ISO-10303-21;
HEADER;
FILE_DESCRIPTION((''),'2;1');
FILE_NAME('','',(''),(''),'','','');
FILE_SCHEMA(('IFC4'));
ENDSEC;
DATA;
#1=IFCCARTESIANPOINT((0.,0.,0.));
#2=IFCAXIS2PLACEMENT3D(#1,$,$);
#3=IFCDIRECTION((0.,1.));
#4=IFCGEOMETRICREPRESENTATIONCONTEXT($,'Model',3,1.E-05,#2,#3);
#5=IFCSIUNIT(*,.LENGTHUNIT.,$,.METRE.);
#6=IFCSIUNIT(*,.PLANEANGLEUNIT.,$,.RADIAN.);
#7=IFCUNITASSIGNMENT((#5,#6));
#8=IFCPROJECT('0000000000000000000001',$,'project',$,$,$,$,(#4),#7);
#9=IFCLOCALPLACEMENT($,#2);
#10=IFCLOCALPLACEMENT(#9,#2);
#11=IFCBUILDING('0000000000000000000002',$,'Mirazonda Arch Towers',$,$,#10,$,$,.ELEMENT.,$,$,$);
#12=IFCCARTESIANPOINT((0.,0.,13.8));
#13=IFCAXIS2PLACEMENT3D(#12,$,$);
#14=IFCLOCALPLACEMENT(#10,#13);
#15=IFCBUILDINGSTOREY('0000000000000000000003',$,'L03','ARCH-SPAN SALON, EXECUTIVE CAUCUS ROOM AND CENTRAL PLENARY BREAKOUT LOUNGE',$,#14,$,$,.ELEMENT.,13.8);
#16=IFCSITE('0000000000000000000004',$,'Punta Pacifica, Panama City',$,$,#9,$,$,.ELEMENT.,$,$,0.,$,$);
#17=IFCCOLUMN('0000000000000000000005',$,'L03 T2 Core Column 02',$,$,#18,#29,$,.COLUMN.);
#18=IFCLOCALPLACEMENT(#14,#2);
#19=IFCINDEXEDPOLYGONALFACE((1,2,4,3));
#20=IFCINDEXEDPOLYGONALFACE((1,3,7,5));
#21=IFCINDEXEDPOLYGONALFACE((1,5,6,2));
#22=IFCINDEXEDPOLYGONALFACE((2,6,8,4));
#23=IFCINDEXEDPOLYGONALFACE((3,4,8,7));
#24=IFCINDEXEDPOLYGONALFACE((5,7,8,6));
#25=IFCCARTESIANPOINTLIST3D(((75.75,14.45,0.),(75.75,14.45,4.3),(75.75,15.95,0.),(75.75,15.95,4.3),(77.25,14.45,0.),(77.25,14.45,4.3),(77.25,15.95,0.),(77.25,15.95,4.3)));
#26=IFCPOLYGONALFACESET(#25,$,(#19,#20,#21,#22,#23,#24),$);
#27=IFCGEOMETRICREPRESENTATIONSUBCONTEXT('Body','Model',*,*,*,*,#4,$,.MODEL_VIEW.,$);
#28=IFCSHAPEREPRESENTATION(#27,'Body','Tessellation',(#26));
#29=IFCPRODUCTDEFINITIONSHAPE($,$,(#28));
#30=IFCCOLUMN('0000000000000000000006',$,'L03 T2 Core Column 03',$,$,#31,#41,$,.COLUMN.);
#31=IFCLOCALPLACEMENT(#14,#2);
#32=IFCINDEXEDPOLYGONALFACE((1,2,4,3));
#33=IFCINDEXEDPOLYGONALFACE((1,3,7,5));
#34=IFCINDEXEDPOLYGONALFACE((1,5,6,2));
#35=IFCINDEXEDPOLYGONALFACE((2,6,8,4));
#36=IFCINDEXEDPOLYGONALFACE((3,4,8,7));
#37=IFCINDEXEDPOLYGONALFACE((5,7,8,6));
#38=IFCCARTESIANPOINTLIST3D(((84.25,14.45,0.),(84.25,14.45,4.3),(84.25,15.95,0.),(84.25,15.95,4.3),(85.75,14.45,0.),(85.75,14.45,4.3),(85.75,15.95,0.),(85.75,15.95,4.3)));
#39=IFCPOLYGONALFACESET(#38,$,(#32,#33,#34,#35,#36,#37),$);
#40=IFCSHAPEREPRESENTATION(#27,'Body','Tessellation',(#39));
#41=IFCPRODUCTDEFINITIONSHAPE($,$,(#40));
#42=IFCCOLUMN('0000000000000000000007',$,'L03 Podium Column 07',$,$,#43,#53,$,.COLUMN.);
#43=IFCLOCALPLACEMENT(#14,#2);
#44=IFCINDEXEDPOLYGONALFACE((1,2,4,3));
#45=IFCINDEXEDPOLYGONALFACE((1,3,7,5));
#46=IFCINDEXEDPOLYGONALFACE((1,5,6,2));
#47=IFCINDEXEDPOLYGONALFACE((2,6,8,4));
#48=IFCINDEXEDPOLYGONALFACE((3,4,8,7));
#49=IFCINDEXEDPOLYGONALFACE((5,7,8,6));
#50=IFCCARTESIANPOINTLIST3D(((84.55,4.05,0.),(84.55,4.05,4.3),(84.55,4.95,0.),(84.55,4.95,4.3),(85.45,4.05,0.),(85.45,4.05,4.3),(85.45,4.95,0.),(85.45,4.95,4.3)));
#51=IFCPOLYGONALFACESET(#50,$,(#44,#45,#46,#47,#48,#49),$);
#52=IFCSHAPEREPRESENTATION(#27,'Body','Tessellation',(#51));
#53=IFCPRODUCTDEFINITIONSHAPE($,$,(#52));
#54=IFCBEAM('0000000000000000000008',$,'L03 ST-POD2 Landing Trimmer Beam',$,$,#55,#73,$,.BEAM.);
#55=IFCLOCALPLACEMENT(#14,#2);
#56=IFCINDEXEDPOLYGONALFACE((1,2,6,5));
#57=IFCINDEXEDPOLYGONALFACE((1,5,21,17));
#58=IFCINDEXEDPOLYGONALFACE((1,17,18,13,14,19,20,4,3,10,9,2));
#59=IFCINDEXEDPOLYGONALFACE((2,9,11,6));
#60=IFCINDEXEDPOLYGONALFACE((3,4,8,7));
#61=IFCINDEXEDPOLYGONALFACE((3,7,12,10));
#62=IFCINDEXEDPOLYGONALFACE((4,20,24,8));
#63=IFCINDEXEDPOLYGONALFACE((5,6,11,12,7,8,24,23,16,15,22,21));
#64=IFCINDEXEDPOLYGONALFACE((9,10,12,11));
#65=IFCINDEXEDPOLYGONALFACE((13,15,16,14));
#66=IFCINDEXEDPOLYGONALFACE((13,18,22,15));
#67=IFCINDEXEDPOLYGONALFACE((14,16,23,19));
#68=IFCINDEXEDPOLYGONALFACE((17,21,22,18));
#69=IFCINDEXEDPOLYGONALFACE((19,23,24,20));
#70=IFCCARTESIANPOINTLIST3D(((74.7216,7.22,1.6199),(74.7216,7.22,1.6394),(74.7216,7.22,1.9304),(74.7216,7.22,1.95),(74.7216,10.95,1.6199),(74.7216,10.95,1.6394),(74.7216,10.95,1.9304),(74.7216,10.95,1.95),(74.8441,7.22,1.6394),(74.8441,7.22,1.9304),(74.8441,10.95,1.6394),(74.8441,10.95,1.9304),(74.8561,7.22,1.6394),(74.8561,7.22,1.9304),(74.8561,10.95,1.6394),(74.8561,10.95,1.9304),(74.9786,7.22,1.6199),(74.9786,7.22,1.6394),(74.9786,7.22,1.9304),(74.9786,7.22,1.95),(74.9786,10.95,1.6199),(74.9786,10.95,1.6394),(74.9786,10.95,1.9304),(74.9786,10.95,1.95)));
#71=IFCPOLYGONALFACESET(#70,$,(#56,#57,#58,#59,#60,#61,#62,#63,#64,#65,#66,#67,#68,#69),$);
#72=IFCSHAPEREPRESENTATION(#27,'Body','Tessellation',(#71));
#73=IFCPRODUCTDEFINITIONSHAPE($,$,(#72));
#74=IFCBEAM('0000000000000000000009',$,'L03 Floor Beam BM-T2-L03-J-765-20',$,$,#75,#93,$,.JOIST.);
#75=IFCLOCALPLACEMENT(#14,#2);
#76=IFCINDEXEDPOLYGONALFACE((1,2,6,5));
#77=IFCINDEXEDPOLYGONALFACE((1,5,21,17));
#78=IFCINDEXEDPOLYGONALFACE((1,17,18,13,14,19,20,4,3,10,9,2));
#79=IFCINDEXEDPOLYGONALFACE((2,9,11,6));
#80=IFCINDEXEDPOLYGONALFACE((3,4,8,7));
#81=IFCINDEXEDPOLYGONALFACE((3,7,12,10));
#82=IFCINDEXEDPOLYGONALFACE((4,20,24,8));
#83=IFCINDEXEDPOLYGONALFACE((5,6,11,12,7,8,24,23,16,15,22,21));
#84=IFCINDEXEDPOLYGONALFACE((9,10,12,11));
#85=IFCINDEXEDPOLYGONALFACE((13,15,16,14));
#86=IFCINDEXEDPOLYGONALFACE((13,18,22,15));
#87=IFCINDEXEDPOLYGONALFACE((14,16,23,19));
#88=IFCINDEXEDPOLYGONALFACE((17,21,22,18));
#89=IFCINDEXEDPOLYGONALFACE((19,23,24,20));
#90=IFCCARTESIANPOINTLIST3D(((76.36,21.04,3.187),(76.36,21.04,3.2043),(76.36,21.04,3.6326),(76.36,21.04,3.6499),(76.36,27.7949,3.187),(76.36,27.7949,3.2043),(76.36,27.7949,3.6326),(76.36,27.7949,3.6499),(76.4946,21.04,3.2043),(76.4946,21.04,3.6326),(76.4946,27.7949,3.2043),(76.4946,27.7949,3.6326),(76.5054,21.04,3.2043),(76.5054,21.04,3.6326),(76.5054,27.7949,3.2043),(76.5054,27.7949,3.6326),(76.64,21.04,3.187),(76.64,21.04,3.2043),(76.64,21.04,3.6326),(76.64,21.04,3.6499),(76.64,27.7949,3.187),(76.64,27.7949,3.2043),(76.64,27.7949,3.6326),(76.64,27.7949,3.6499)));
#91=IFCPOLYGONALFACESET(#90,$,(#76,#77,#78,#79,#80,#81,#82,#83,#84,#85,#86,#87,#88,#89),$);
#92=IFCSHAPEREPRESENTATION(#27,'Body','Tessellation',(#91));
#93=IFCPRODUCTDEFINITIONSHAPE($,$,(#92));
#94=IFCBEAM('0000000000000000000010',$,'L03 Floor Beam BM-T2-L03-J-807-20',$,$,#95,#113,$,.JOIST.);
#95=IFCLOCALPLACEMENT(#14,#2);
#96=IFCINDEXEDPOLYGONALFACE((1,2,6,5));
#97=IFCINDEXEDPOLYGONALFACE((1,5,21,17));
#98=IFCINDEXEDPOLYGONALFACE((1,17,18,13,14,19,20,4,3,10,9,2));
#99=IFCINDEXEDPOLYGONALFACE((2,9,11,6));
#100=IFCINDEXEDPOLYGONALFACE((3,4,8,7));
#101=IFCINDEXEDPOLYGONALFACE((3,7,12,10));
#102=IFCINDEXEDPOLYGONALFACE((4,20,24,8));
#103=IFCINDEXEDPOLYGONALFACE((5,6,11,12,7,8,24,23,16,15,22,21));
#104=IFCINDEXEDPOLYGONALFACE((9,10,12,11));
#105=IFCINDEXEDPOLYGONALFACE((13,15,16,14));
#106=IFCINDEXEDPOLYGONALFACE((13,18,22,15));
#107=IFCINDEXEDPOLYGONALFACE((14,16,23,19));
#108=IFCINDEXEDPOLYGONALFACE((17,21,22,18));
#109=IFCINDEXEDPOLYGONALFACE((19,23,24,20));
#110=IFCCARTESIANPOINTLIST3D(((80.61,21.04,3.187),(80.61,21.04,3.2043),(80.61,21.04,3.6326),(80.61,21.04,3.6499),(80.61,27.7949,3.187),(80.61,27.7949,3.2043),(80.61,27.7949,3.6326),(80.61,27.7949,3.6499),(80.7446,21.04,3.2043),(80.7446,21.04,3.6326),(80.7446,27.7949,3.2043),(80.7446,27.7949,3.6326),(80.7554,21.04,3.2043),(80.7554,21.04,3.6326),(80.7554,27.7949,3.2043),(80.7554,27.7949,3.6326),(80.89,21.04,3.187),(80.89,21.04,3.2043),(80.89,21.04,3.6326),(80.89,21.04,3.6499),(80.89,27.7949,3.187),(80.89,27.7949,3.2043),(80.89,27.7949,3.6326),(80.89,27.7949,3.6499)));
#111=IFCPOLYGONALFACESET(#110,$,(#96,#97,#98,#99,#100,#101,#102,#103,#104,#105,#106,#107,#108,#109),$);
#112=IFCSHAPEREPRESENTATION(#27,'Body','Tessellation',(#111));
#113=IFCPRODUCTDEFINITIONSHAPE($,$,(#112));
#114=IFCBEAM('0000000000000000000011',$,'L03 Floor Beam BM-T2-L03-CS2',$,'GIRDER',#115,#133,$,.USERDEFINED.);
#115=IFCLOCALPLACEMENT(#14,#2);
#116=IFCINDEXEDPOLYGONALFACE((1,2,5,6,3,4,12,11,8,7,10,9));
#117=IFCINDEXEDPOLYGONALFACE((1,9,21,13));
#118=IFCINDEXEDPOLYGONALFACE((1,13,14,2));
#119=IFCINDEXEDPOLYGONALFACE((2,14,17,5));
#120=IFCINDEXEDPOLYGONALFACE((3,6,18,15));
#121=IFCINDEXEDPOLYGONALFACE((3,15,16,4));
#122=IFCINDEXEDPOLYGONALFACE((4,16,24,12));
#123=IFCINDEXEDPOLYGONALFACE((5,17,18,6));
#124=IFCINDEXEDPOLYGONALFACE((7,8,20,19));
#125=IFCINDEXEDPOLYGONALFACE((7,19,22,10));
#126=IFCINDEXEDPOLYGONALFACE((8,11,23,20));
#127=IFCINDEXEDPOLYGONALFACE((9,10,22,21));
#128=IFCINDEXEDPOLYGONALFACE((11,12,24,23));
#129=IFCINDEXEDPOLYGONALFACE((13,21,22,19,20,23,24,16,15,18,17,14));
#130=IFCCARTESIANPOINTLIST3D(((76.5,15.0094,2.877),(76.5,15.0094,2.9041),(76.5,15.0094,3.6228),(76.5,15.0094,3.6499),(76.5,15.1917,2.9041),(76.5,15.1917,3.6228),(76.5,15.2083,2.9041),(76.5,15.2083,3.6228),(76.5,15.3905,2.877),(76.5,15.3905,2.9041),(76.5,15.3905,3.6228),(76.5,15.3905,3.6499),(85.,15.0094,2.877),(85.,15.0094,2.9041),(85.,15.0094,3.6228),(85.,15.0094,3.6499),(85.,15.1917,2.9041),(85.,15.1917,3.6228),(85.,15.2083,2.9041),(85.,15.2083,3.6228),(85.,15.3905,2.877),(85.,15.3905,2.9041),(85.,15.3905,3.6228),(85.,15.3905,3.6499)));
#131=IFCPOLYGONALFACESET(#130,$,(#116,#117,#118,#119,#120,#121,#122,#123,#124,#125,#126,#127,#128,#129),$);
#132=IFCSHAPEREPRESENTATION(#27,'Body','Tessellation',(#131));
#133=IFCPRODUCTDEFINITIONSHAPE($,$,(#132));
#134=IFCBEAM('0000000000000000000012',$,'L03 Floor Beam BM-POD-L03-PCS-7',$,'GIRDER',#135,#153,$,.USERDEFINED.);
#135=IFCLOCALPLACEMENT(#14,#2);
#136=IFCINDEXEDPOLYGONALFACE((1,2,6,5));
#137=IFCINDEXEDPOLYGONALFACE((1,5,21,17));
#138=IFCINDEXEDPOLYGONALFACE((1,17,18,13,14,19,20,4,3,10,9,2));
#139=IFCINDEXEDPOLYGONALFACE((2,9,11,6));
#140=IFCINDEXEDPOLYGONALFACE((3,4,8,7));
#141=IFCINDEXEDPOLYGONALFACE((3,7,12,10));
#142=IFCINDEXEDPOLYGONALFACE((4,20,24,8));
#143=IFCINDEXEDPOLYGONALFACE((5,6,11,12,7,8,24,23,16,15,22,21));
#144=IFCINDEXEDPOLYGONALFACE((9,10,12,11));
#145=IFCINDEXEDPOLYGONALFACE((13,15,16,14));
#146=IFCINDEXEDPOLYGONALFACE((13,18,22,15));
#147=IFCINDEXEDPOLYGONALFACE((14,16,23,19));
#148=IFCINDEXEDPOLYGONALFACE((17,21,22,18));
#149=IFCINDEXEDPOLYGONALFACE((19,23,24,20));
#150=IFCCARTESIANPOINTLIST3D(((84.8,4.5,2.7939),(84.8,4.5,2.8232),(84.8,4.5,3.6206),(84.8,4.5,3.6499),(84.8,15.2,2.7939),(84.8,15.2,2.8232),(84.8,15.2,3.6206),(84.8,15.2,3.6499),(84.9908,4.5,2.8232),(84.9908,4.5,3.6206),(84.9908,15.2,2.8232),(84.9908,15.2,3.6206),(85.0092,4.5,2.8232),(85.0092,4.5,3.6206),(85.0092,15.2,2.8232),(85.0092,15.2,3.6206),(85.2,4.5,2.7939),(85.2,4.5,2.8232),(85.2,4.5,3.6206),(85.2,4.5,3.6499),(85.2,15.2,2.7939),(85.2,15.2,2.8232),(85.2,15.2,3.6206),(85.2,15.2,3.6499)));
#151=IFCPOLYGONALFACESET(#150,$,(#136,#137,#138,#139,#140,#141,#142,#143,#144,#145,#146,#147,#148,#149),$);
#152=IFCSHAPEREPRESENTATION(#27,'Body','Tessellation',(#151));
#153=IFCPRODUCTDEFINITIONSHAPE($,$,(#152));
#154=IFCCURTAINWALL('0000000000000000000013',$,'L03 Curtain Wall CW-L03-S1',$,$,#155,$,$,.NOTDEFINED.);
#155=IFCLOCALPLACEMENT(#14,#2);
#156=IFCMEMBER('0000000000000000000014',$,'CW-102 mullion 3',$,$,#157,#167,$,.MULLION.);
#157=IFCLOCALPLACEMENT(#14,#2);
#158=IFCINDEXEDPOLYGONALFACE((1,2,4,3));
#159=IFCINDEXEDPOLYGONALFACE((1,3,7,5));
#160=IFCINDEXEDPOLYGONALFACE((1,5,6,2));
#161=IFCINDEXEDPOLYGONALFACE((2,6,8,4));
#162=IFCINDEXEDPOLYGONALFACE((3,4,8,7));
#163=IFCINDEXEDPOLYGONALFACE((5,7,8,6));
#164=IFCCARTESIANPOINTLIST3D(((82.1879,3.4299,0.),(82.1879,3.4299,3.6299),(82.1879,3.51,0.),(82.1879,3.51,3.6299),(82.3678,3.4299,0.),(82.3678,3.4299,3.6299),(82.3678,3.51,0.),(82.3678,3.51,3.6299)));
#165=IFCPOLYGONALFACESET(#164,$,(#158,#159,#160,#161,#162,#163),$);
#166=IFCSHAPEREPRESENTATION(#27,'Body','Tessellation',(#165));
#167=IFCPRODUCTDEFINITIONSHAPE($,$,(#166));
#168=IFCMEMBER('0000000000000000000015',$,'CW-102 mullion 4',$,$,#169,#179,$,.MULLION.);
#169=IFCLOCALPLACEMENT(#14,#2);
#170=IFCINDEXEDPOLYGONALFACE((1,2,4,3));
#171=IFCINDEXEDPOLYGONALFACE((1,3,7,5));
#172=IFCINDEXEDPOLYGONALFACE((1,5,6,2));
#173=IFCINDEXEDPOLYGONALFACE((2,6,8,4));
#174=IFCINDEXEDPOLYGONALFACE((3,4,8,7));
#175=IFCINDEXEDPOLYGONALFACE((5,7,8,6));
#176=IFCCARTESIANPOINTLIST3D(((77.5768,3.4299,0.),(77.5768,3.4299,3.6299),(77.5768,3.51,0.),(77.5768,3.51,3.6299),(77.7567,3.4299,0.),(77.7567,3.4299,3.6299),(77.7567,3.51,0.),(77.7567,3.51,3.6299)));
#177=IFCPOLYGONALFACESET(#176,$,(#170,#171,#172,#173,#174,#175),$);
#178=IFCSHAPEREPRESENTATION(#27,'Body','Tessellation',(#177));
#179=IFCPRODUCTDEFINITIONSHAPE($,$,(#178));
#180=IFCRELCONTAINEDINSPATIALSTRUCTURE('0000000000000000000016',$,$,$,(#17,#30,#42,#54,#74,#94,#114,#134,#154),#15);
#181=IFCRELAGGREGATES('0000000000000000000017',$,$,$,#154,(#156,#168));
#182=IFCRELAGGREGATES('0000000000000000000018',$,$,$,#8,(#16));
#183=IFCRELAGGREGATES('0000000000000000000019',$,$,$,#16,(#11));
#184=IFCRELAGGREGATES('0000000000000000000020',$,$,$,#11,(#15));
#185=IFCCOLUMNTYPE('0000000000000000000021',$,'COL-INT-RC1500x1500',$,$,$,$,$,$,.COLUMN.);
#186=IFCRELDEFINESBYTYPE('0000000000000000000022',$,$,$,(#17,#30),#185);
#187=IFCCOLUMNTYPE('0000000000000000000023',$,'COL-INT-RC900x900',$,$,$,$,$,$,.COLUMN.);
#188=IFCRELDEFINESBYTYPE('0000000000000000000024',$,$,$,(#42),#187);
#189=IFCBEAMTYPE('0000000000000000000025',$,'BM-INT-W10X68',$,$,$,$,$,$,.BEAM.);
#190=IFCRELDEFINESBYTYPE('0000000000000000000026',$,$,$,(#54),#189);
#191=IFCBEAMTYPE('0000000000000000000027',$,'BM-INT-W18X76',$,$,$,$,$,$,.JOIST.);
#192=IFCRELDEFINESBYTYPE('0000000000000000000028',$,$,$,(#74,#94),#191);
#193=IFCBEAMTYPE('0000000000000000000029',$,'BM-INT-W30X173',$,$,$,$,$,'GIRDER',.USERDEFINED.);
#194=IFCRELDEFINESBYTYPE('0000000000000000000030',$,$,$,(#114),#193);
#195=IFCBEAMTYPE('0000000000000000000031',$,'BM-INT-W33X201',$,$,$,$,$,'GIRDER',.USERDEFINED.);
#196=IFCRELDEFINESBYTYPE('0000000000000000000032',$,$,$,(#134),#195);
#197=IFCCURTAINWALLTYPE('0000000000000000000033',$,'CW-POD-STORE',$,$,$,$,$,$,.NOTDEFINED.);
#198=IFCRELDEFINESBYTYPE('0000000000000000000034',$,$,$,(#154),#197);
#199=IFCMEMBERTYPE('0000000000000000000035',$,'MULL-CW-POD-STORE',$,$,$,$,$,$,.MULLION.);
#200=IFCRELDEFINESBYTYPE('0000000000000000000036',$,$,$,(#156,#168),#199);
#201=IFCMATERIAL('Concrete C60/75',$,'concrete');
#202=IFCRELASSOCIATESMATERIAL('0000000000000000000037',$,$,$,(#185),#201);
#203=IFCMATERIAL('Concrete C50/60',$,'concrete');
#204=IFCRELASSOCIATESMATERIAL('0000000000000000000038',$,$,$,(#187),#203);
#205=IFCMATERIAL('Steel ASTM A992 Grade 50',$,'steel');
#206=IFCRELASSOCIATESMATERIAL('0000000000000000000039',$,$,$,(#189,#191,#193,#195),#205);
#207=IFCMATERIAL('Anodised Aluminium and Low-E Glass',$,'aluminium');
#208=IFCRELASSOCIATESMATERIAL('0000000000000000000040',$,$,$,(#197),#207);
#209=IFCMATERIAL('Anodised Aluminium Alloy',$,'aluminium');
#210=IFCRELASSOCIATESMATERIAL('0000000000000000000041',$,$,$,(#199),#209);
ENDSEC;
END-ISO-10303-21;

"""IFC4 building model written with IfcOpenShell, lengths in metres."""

from ifc_helpers import new_model, si_unit, direction, frame, origin, origin_2d, place, context, subcontext, project, spatial, rectangle, i_section, extrude, material, material_profile, profile_set, type_object, element, aggregate, save


model = new_model("IFC4")

# Units and contexts
model_context = context("Model", 3, precision=1e-05, world=origin(), true_north=direction((0.0, 1.0)))
body_context = subcontext(model_context, "Body", "Model", "MODEL_VIEW")
ifc_project = project(units=[si_unit("LENGTHUNIT", "METRE"), si_unit("PLANEANGLEUNIT", "RADIAN")], contexts=[model_context])

# Site, building, storey
site_placement = place(None, origin())
site = spatial("IfcSite", under=ifc_project, at=site_placement, Name="Punta Pacifica, Panama City", CompositionType="ELEMENT", RefElevation=0.0)
building_placement = place(site_placement, origin())
building = spatial("IfcBuilding", under=site, at=building_placement, Name="Mirazonda Arch Towers", CompositionType="ELEMENT")
storey_placement = place(building_placement, frame((0.0, 0.0, 13.8)))
storey = spatial("IfcBuildingStorey", under=building, at=storey_placement, Name="L03", Description="ARCH-SPAN SALON, EXECUTIVE CAUCUS ROOM AND CENTRAL PLENARY BREAKOUT LOUNGE", CompositionType="ELEMENT", Elevation=13.8)

# Columns
ifc_material_1 = material(Name="Concrete C60/75", Category="concrete")
ifc_material_profile_1 = material_profile(ifc_material_1, rectangle(XDim=1.5, YDim=1.5, at=origin_2d()), Name="RC1500x1500")
ifc_profile_set_1 = profile_set([ifc_material_profile_1], Name="Concrete C60/75")
column_type_1 = type_object("IfcColumnType", Name="COL-INT-RC1500x1500", PredefinedType="COLUMN", material=ifc_profile_set_1)
for number, where, z_axis, x_axis, name in (
    (1, (76.5, 15.2, 0.0), (0.0, 0.0, 1.0), (1.0, 0.0, 0.0), "L03 T2 Core Column 02"),
    (2, (85.0, 15.2, 0.0), (0.0, 0.0, 1.0), (1.0, 0.0, 0.0), "L03 T2 Core Column 03"),
):
    element("IfcColumn", number, at=place(storey_placement, frame(where, z_axis=z_axis, x_axis=x_axis)), inside=storey, type_object=column_type_1, Name=name, PredefinedType="COLUMN", context=body_context, shape_type="SweptSolid", body=[
        extrude(rectangle(XDim=1.5, YDim=1.5, at=origin_2d()), origin(), (0.0, 0.0, 1.0), 4.3),
    ])
ifc_material_2 = material(Name="Concrete C50/60", Category="concrete")
ifc_material_profile_2 = material_profile(ifc_material_2, rectangle(XDim=0.8999, YDim=0.8999, at=origin_2d()), Name="RC900x900")
ifc_profile_set_2 = profile_set([ifc_material_profile_2], Name="Concrete C50/60")
column_type_2 = type_object("IfcColumnType", Name="COL-INT-RC900x900", PredefinedType="COLUMN", material=ifc_profile_set_2)
column_placement = place(storey_placement, frame((85.0, 4.5, 0.0), z_axis=(0.0, 0.0, 1.0), x_axis=(1.0, 0.0, 0.0)))
element("IfcColumn", 3, at=column_placement, inside=storey, type_object=column_type_2, Name="L03 Podium Column 07", PredefinedType="COLUMN", context=body_context, shape_type="SweptSolid", body=[
    extrude(rectangle(XDim=0.8999, YDim=0.8999, at=origin_2d()), origin(), (0.0, 0.0, 1.0), 4.3),
])

# Beams
ifc_material_3 = material(Name="Steel ASTM A992 Grade 50", Category="steel")
ifc_material_profile_3 = material_profile(ifc_material_3, i_section(OverallWidth=0.2571, OverallDepth=0.3301, WebThickness=0.012, FlangeThickness=0.0195, at=origin_2d()), Name="W10X68")
ifc_profile_set_3 = profile_set([ifc_material_profile_3], Name="Steel ASTM A992 Grade 50")
beam_type_1 = type_object("IfcBeamType", Name="BM-INT-W10X68", PredefinedType="BEAM", material=ifc_profile_set_3)
beam_1_placement = place(storey_placement, frame((74.8501, 7.22, 1.7849), z_axis=(0.0, 1.0, 0.0), x_axis=(-1.0, 0.0, 0.0)))
element("IfcBeam", 4, at=beam_1_placement, inside=storey, type_object=beam_type_1, Name="L03 ST-POD2 Landing Trimmer Beam", PredefinedType="BEAM", context=body_context, shape_type="SweptSolid", body=[
    extrude(i_section(OverallWidth=0.2571, OverallDepth=0.3301, WebThickness=0.012, FlangeThickness=0.0195, at=origin_2d()), origin(), (0.0, 0.0, 1.0), 3.73),
])
ifc_material_profile_4 = material_profile(ifc_material_3, i_section(OverallWidth=0.28, OverallDepth=0.4629, WebThickness=0.0107, FlangeThickness=0.0173, at=origin_2d()), Name="W18X76")
ifc_profile_set_4 = profile_set([ifc_material_profile_4], Name="Steel ASTM A992 Grade 50")
beam_type_2 = type_object("IfcBeamType", Name="BM-INT-W18X76", PredefinedType="JOIST", material=ifc_profile_set_4)
for number, where, z_axis, x_axis, name in (
    (5, (76.5, 21.04, 3.4185), (0.0, 1.0, 0.0), (-1.0, 0.0, 0.0), "L03 Floor Beam BM-T2-L03-J-765-20"),
    (6, (80.75, 21.04, 3.4185), (0.0, 1.0, 0.0), (-1.0, 0.0, 0.0), "L03 Floor Beam BM-T2-L03-J-807-20"),
):
    element("IfcBeam", number, at=place(storey_placement, frame(where, z_axis=z_axis, x_axis=x_axis)), inside=storey, type_object=beam_type_2, Name=name, PredefinedType="JOIST", context=body_context, shape_type="SweptSolid", body=[
        extrude(i_section(OverallWidth=0.28, OverallDepth=0.4629, WebThickness=0.0107, FlangeThickness=0.0173, at=origin_2d()), origin(), (0.0, 0.0, 1.0), 6.7549),
    ])
ifc_material_profile_5 = material_profile(ifc_material_3, i_section(OverallWidth=0.3811, OverallDepth=0.7729, WebThickness=0.0166, FlangeThickness=0.0271, at=origin_2d()), Name="W30X173")
ifc_profile_set_5 = profile_set([ifc_material_profile_5], Name="Steel ASTM A992 Grade 50")
beam_type_3 = type_object("IfcBeamType", Name="BM-INT-W30X173", ElementType="GIRDER", PredefinedType="USERDEFINED", material=ifc_profile_set_5)
beam_2_placement = place(storey_placement, frame((76.5, 15.2, 3.2634), z_axis=(1.0, 0.0, 0.0), x_axis=(0.0, 1.0, 0.0)))
element("IfcBeam", 7, at=beam_2_placement, inside=storey, type_object=beam_type_3, Name="L03 Floor Beam BM-T2-L03-CS2", ObjectType="GIRDER", PredefinedType="USERDEFINED", context=body_context, shape_type="SweptSolid", body=[
    extrude(i_section(OverallWidth=0.3811, OverallDepth=0.7729, WebThickness=0.0166, FlangeThickness=0.0271, at=origin_2d()), origin(), (0.0, 0.0, 1.0), 8.5),
])
ifc_material_profile_6 = material_profile(ifc_material_3, i_section(OverallWidth=0.3999, OverallDepth=0.856, WebThickness=0.0183, FlangeThickness=0.0293, at=origin_2d()), Name="W33X201")
ifc_profile_set_6 = profile_set([ifc_material_profile_6], Name="Steel ASTM A992 Grade 50")
beam_type_4 = type_object("IfcBeamType", Name="BM-INT-W33X201", ElementType="GIRDER", PredefinedType="USERDEFINED", material=ifc_profile_set_6)
beam_3_placement = place(storey_placement, frame((85.0, 4.5, 3.2219), z_axis=(0.0, 1.0, 0.0), x_axis=(-1.0, 0.0, 0.0)))
element("IfcBeam", 8, at=beam_3_placement, inside=storey, type_object=beam_type_4, Name="L03 Floor Beam BM-POD-L03-PCS-7", ObjectType="GIRDER", PredefinedType="USERDEFINED", context=body_context, shape_type="SweptSolid", body=[
    extrude(i_section(OverallWidth=0.3999, OverallDepth=0.856, WebThickness=0.0183, FlangeThickness=0.0293, at=origin_2d()), origin(), (0.0, 0.0, 1.0), 10.7),
])

# Curtain wall, members
ifc_material_4 = material(Name="Anodised Aluminium and Low-E Glass", Category="aluminium")
curtain_wall_type = type_object("IfcCurtainWallType", Name="CW-POD-STORE", PredefinedType="NOTDEFINED", material=ifc_material_4)
curtain_wall_placement = place(storey_placement, origin())
curtain_wall = element("IfcCurtainWall", 9, at=curtain_wall_placement, inside=storey, type_object=curtain_wall_type, Name="L03 Curtain Wall CW-L03-S1", PredefinedType="NOTDEFINED")
ifc_material_5 = material(Name="Anodised Aluminium Alloy", Category="aluminium")
ifc_material_profile_7 = material_profile(ifc_material_5, rectangle(XDim=0.0801, YDim=0.1799, at=origin_2d()), Name="ALU-MULL-80x180")
ifc_profile_set_7 = profile_set([ifc_material_profile_7], Name="Anodised Aluminium Alloy")
member_type_1 = type_object("IfcMemberType", Name="MULL-CW-POD-STORE", PredefinedType="MULLION", material=ifc_profile_set_7)
member_1_placement = place(storey_placement, frame((82.2778, 3.47, 0.0), z_axis=(0.0, 0.0, 1.0), x_axis=(0.0, -1.0, 0.0)))
member_1 = element("IfcMember", 10, at=member_1_placement, type_object=member_type_1, Name="CW-102 mullion 3", PredefinedType="MULLION", context=body_context, shape_type="SweptSolid", body=[
    extrude(rectangle(XDim=0.0801, YDim=0.1799, at=origin_2d()), origin(), (0.0, 0.0, 1.0), 3.6299),
])
member_2_placement = place(storey_placement, frame((77.6667, 3.47, 0.0), z_axis=(0.0, 0.0, 1.0), x_axis=(0.0, -1.0, 0.0)))
member_2 = element("IfcMember", 11, at=member_2_placement, type_object=member_type_1, Name="CW-102 mullion 4", PredefinedType="MULLION", context=body_context, shape_type="SweptSolid", body=[
    extrude(rectangle(XDim=0.0801, YDim=0.1799, at=origin_2d()), origin(), (0.0, 0.0, 1.0), 3.6299),
])
aggregate(curtain_wall, [member_1, member_2])

save(model, "model.ifc")
